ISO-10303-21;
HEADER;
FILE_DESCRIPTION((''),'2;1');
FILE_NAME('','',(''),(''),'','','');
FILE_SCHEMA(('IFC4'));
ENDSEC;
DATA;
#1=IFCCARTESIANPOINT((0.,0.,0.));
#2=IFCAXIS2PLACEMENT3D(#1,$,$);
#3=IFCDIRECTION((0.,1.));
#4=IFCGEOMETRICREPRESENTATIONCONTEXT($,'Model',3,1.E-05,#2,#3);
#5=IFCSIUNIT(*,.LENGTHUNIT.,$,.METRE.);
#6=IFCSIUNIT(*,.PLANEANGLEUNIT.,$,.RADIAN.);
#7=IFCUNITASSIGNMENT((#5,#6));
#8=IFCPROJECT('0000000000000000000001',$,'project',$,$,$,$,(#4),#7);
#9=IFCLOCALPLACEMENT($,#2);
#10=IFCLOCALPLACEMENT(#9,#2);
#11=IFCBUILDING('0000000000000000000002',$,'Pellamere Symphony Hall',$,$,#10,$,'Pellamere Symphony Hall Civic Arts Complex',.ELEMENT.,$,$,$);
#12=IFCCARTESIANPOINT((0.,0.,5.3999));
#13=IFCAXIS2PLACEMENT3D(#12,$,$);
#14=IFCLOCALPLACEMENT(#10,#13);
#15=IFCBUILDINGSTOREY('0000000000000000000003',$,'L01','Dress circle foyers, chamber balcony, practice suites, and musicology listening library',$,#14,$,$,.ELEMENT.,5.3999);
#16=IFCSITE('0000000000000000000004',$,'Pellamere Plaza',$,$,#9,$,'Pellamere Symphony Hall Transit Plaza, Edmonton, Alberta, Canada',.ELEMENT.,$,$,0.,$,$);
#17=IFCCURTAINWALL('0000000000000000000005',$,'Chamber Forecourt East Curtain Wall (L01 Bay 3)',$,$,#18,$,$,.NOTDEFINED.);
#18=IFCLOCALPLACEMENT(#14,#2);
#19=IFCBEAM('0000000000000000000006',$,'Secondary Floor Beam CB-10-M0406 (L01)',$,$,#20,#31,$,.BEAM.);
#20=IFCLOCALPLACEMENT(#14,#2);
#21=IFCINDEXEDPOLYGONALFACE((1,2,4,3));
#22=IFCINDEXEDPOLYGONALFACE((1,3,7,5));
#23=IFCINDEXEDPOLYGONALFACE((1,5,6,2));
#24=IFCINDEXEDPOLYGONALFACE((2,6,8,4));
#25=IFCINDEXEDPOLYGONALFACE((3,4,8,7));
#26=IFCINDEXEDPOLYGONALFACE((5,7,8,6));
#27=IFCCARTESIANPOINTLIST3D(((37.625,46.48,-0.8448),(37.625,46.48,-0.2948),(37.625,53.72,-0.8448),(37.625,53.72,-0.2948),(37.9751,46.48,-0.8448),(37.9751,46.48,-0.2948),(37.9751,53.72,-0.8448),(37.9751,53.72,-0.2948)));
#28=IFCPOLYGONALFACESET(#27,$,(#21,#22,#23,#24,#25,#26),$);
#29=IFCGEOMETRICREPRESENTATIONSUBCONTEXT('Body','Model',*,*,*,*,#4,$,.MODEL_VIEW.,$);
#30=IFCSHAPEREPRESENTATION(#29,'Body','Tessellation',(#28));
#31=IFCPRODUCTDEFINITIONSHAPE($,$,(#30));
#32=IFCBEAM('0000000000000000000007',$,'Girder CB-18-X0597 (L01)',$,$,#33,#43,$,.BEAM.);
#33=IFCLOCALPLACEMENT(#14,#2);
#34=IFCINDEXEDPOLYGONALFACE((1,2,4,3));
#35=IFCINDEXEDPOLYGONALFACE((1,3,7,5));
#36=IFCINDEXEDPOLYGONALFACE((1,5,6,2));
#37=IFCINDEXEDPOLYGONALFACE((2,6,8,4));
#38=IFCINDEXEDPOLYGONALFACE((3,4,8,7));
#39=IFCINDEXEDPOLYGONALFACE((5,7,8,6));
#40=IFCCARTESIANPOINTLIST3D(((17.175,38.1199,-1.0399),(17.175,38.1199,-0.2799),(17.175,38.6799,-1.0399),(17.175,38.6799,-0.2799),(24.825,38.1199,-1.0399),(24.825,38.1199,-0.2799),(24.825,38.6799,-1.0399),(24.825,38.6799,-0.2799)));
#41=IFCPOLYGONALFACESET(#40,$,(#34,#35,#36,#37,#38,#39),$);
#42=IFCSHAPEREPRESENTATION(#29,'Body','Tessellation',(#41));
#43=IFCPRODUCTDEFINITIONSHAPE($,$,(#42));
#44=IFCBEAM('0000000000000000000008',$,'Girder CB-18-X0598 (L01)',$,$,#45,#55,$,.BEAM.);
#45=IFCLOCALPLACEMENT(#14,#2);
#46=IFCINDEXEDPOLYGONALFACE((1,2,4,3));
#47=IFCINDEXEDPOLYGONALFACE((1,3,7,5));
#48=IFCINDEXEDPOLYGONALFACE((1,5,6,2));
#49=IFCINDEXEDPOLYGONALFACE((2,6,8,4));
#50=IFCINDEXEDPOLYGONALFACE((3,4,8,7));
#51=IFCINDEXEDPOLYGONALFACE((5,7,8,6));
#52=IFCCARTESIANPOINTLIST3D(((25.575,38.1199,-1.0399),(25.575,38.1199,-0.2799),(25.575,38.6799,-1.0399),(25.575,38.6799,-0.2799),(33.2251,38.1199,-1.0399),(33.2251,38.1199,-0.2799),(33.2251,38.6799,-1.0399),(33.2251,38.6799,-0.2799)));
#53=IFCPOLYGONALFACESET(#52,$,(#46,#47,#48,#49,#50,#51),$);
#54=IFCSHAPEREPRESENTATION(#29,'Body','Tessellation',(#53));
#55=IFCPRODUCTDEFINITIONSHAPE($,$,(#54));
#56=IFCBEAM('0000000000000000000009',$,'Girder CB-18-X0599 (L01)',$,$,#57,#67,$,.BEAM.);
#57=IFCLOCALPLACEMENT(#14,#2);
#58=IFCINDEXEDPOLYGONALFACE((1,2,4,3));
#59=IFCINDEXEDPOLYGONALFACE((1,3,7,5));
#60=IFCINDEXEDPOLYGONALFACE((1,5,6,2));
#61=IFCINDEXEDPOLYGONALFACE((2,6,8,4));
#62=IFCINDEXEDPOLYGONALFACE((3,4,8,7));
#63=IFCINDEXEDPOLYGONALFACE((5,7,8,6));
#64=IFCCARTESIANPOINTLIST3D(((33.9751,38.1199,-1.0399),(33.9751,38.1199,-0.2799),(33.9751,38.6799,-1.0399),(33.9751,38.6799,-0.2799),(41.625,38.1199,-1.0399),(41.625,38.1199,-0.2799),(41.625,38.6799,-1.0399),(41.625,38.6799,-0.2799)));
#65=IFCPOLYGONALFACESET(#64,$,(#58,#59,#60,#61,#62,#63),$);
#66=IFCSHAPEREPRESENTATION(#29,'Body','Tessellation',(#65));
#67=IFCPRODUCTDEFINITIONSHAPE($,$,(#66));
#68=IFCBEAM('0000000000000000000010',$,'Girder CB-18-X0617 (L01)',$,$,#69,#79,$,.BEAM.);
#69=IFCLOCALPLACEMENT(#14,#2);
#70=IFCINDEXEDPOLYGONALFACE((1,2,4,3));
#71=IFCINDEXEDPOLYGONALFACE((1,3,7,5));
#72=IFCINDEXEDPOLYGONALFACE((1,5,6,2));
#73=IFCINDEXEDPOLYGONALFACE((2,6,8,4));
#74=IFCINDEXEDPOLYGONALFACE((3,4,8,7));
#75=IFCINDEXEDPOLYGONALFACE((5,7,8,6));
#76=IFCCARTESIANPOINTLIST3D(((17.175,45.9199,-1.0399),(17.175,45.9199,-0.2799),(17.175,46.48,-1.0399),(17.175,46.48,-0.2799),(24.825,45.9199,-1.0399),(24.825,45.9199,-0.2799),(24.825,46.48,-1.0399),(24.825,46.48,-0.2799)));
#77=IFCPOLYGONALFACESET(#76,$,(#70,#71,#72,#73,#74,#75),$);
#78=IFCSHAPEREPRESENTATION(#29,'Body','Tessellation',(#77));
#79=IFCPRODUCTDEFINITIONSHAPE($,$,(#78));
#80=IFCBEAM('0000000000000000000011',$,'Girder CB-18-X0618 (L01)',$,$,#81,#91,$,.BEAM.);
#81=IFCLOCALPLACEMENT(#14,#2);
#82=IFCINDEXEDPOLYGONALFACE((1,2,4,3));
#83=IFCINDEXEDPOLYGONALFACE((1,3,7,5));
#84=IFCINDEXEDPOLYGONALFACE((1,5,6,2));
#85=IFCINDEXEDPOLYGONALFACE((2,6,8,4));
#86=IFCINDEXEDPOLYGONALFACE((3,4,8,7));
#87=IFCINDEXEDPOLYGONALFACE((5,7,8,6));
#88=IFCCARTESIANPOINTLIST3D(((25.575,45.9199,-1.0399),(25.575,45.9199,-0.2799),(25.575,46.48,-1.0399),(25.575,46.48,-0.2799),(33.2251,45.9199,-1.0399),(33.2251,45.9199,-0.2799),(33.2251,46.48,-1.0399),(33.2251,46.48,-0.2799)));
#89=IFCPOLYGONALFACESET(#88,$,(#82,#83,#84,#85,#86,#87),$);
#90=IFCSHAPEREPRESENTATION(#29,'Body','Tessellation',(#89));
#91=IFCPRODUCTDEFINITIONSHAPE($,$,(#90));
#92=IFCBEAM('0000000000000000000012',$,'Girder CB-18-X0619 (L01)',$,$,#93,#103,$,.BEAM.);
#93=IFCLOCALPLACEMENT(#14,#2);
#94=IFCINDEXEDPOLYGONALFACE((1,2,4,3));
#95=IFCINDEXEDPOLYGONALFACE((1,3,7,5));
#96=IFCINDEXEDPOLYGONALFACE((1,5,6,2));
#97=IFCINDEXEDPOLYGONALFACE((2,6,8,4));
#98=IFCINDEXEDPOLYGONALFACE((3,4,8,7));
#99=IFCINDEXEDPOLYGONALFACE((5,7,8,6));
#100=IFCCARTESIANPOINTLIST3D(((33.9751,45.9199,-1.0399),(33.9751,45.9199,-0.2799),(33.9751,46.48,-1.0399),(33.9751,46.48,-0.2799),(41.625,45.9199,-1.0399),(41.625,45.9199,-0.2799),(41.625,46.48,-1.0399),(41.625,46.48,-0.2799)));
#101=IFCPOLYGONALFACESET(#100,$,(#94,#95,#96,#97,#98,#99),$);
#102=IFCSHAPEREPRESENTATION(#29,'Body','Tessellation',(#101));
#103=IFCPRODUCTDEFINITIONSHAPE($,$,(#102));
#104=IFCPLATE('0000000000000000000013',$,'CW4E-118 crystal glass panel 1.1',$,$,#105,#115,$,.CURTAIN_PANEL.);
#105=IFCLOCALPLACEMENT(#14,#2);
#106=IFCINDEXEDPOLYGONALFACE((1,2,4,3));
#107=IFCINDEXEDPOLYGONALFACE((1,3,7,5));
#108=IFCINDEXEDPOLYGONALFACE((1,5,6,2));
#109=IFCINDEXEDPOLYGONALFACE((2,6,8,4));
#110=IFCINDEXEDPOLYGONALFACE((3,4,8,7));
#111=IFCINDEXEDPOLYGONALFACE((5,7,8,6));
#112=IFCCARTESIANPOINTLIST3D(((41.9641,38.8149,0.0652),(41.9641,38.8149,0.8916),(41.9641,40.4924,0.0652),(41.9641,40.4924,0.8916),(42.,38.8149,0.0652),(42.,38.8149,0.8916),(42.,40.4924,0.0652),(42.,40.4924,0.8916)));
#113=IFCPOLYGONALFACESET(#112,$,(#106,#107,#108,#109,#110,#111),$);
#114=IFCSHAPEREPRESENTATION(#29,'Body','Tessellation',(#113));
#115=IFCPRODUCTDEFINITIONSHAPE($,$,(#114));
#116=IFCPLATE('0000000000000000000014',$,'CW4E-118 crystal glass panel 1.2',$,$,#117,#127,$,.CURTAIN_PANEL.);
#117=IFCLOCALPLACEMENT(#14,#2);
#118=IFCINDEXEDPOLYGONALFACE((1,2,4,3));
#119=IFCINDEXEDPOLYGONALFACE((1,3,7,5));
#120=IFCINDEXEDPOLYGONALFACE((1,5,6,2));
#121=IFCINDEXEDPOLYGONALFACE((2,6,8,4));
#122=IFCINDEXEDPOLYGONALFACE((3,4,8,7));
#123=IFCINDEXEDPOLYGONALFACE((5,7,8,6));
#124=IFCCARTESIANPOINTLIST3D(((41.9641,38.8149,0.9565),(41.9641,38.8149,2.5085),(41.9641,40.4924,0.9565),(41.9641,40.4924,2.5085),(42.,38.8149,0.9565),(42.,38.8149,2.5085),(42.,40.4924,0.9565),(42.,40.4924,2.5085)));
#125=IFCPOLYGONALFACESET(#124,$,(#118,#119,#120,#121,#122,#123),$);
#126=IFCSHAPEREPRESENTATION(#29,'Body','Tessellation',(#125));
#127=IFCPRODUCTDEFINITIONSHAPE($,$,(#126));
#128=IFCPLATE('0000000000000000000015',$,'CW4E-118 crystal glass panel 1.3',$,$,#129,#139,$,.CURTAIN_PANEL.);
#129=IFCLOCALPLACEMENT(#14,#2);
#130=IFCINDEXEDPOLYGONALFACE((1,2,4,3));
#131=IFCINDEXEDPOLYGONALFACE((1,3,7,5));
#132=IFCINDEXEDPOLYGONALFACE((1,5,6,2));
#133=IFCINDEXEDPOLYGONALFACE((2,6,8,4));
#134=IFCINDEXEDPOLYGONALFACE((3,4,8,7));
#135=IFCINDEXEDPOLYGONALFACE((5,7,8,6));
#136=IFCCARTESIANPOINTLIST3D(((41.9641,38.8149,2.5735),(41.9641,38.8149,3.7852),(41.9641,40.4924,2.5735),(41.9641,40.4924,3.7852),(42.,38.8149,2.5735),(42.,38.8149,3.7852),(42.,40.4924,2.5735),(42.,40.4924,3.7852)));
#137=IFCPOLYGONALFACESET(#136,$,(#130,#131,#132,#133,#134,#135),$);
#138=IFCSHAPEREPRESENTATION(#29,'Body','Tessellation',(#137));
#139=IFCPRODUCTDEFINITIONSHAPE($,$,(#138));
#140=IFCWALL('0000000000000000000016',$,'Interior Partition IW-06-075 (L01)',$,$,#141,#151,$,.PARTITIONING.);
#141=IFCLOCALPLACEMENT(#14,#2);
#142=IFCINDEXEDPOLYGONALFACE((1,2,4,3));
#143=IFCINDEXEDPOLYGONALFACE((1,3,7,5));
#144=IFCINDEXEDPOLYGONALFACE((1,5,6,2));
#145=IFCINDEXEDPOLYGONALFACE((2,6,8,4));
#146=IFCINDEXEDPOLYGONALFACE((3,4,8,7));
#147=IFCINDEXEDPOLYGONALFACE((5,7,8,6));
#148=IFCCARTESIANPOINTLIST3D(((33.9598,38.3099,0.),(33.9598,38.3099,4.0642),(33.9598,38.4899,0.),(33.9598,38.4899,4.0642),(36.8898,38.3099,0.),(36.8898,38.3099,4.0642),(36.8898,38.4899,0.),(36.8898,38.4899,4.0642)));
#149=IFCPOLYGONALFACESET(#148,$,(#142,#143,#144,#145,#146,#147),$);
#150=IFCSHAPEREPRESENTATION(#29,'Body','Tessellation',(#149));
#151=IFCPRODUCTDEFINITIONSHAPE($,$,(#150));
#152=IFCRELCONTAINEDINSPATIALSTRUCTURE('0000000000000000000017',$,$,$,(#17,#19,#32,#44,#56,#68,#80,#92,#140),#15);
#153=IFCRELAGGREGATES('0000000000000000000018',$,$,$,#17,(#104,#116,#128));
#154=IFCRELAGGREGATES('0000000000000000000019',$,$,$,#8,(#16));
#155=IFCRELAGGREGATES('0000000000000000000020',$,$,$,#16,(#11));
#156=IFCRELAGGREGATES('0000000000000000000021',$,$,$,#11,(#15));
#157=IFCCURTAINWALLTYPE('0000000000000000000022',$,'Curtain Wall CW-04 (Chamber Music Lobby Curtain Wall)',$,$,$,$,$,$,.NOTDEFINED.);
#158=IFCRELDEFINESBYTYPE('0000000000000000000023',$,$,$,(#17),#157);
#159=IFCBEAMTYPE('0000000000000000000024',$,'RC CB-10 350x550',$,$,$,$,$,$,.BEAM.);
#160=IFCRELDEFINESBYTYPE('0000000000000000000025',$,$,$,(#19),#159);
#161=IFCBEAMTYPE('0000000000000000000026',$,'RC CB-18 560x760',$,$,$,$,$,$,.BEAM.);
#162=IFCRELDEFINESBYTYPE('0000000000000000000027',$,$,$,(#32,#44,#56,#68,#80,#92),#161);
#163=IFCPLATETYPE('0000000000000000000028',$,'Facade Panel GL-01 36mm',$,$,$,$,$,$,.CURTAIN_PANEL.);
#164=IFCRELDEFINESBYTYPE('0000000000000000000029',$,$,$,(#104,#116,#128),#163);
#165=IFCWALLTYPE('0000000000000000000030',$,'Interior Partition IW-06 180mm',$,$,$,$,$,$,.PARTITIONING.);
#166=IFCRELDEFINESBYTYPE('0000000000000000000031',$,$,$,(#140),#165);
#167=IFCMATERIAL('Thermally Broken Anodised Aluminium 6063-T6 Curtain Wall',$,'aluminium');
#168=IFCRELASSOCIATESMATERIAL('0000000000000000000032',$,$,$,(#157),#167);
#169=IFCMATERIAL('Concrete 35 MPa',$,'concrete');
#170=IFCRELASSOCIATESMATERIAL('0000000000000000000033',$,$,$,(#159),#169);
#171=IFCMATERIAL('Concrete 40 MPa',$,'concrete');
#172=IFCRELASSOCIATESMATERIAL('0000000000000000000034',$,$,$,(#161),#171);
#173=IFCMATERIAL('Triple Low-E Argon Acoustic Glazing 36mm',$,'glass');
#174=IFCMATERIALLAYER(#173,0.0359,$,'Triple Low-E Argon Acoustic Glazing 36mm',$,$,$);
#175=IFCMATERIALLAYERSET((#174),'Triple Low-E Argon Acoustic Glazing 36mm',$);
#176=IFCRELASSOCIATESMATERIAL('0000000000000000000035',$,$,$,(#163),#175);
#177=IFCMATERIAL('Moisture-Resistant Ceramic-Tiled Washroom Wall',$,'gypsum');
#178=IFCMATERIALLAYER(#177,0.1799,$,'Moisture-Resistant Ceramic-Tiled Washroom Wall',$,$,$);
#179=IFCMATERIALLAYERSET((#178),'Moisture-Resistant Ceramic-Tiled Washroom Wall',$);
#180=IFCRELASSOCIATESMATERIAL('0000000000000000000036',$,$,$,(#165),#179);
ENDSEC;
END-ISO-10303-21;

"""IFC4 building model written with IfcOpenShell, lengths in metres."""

from ifc_helpers import new_model, si_unit, direction, frame, frame_2d, origin, origin_2d, place, context, subcontext, project, spatial, polyline, rectangle, outline, extrude, material, layer, layer_set, material_profile, profile_set, type_object, element, aggregate, save


model = new_model("IFC4")

# Units and contexts
model_context = context("Model", 3, precision=1e-05, world=origin(), true_north=direction((0.0, 1.0)))
body_context = subcontext(model_context, "Body", "Model", "MODEL_VIEW")
ifc_project = project(units=[si_unit("LENGTHUNIT", "METRE"), si_unit("PLANEANGLEUNIT", "RADIAN")], contexts=[model_context])

# Site, building, storey
site_placement = place(None, origin())
site = spatial("IfcSite", under=ifc_project, at=site_placement, Name="Pellamere Plaza", LongName="Pellamere Symphony Hall Transit Plaza, Edmonton, Alberta, Canada", CompositionType="ELEMENT", RefElevation=0.0)
building_placement = place(site_placement, origin())
building = spatial("IfcBuilding", under=site, at=building_placement, Name="Pellamere Symphony Hall", LongName="Pellamere Symphony Hall Civic Arts Complex", CompositionType="ELEMENT")
storey_placement = place(building_placement, frame((0.0, 0.0, 5.3999)))
storey = spatial("IfcBuildingStorey", under=building, at=storey_placement, Name="L01", Description="Dress circle foyers, chamber balcony, practice suites, and musicology listening library", CompositionType="ELEMENT", Elevation=5.3999)

# Shared definitions
ifc_material_1 = material(Name="Concrete 40 MPa", Category="concrete")

# Curtain wall
ifc_material_2 = material(Name="Thermally Broken Anodised Aluminium 6063-T6 Curtain Wall", Category="aluminium")
curtain_wall_type = type_object("IfcCurtainWallType", Name="Curtain Wall CW-04 (Chamber Music Lobby Curtain Wall)", PredefinedType="NOTDEFINED", material=ifc_material_2)
curtain_wall_1_placement = place(storey_placement, origin())
curtain_wall_1 = element("IfcCurtainWall", 1, at=curtain_wall_1_placement, inside=storey, type_object=curtain_wall_type, Name="Chamber Forecourt East Curtain Wall (L01 Bay 3)", PredefinedType="NOTDEFINED")

# Beams
ifc_material_3 = material(Name="Concrete 35 MPa", Category="concrete")
ifc_material_profile_1 = material_profile(ifc_material_3, rectangle(XDim=0.3501, YDim=0.55, at=origin_2d()), Name="RC 350x550")
ifc_profile_set_1 = profile_set([ifc_material_profile_1], Name="Concrete 35 MPa")
beam_type_1 = type_object("IfcBeamType", Name="RC CB-10 350x550", PredefinedType="BEAM", material=ifc_profile_set_1)
for number, where, z_axis, x_axis, name in (
    (2, (37.8, 46.48, -0.5698), (0.0, 1.0, 0.0), (-1.0, 0.0, 0.0), "Secondary Floor Beam CB-10-M0406 (L01)"),
):
    element("IfcBeam", number, at=place(storey_placement, frame(where, z_axis=z_axis, x_axis=x_axis)), inside=storey, type_object=beam_type_1, Name=name, PredefinedType="BEAM", context=body_context, shape_type="SweptSolid", body=[
        extrude(rectangle(XDim=0.3501, YDim=0.55, at=origin_2d()), origin(), (0.0, 0.0, 1.0), 7.24),
    ])
ifc_material_profile_2 = material_profile(ifc_material_1, rectangle(XDim=0.5601, YDim=0.76, at=origin_2d()), Name="RC 560x760")
ifc_profile_set_2 = profile_set([ifc_material_profile_2], Name="Concrete 40 MPa")
beam_type_2 = type_object("IfcBeamType", Name="RC CB-18 560x760", PredefinedType="BEAM", material=ifc_profile_set_2)
beam_1_placement = place(storey_placement, frame((17.175, 38.3999, -0.6599), z_axis=(1.0, 0.0, 0.0), x_axis=(0.0, 1.0, 0.0)))
element("IfcBeam", 3, at=beam_1_placement, inside=storey, type_object=beam_type_2, Name="Girder CB-18-X0597 (L01)", PredefinedType="BEAM", context=body_context, shape_type="SweptSolid", body=[
    extrude(rectangle(XDim=0.5601, YDim=0.76, at=origin_2d()), origin(), (0.0, 0.0, 1.0), 7.6499),
])
beam_2_placement = place(storey_placement, frame((25.575, 38.3999, -0.6599), z_axis=(1.0, 0.0, 0.0), x_axis=(0.0, 1.0, 0.0)))
element("IfcBeam", 4, at=beam_2_placement, inside=storey, type_object=beam_type_2, Name="Girder CB-18-X0598 (L01)", PredefinedType="BEAM", context=body_context, shape_type="SweptSolid", body=[
    extrude(rectangle(XDim=0.5601, YDim=0.76, at=origin_2d()), origin(), (0.0, 0.0, 1.0), 7.6501),
])
for number, where, z_axis, x_axis, name in (
    (5, (33.9751, 38.3999, -0.6599), (1.0, 0.0, 0.0), (0.0, 1.0, 0.0), "Girder CB-18-X0599 (L01)"),
    (6, (17.175, 46.2, -0.6599), (1.0, 0.0, 0.0), (0.0, 1.0, 0.0), "Girder CB-18-X0617 (L01)"),
):
    element("IfcBeam", number, at=place(storey_placement, frame(where, z_axis=z_axis, x_axis=x_axis)), inside=storey, type_object=beam_type_2, Name=name, PredefinedType="BEAM", context=body_context, shape_type="SweptSolid", body=[
        extrude(rectangle(XDim=0.5601, YDim=0.76, at=origin_2d()), origin(), (0.0, 0.0, 1.0), 7.6499),
    ])
beam_3_placement = place(storey_placement, frame((25.575, 46.2, -0.6599), z_axis=(1.0, 0.0, 0.0), x_axis=(0.0, 1.0, 0.0)))
element("IfcBeam", 7, at=beam_3_placement, inside=storey, type_object=beam_type_2, Name="Girder CB-18-X0618 (L01)", PredefinedType="BEAM", context=body_context, shape_type="SweptSolid", body=[
    extrude(rectangle(XDim=0.5601, YDim=0.76, at=origin_2d()), origin(), (0.0, 0.0, 1.0), 7.6501),
])
beam_4_placement = place(storey_placement, frame((33.9751, 46.2, -0.6599), z_axis=(1.0, 0.0, 0.0), x_axis=(0.0, 1.0, 0.0)))
element("IfcBeam", 8, at=beam_4_placement, inside=storey, type_object=beam_type_2, Name="Girder CB-18-X0619 (L01)", PredefinedType="BEAM", context=body_context, shape_type="SweptSolid", body=[
    extrude(rectangle(XDim=0.5601, YDim=0.76, at=origin_2d()), origin(), (0.0, 0.0, 1.0), 7.6499),
])

# Plates
ifc_material_4 = material(Name="Triple Low-E Argon Acoustic Glazing 36mm", Category="glass")
ifc_layer_1 = layer(ifc_material_4, 0.0359, Name="Triple Low-E Argon Acoustic Glazing 36mm")
ifc_layer_set_1 = layer_set([ifc_layer_1], Name="Triple Low-E Argon Acoustic Glazing 36mm")
plate_type = type_object("IfcPlateType", Name="Facade Panel GL-01 36mm", PredefinedType="CURTAIN_PANEL", material=ifc_layer_set_1)
plate_1_placement = place(storey_placement, frame((42.0, 38.8149, 0.0652), z_axis=(1.0, 0.0, 0.0), x_axis=(0.0, 1.0, 0.0)))
plate_1 = element("IfcPlate", 9, at=plate_1_placement, type_object=plate_type, Name="CW4E-118 crystal glass panel 1.1", PredefinedType="CURTAIN_PANEL", context=body_context, shape_type="SweptSolid", body=[
    extrude(outline(polyline([(0.0, 0.0), (1.6775, 0.0), (1.6775, 0.8264), (0.0, 0.8264), (0.0, 0.0)])), origin(), (0.0, 0.0, -1.0), 0.0359),
])
plate_2_placement = place(storey_placement, frame((42.0, 38.8149, 0.9565), z_axis=(1.0, 0.0, 0.0), x_axis=(0.0, 1.0, 0.0)))
plate_2 = element("IfcPlate", 10, at=plate_2_placement, type_object=plate_type, Name="CW4E-118 crystal glass panel 1.2", PredefinedType="CURTAIN_PANEL", context=body_context, shape_type="SweptSolid", body=[
    extrude(outline(polyline([(0.0, 0.0), (1.6775, 0.0), (1.6775, 1.552), (0.0, 1.552), (0.0, 0.0)])), origin(), (0.0, 0.0, -1.0), 0.0359),
])
plate_3_placement = place(storey_placement, frame((42.0, 38.8149, 2.5735), z_axis=(1.0, 0.0, 0.0), x_axis=(0.0, 1.0, 0.0)))
plate_3 = element("IfcPlate", 11, at=plate_3_placement, type_object=plate_type, Name="CW4E-118 crystal glass panel 1.3", PredefinedType="CURTAIN_PANEL", context=body_context, shape_type="SweptSolid", body=[
    extrude(outline(polyline([(0.0, 0.0), (1.6775, 0.0), (1.6775, 1.2117), (0.0, 1.2117), (0.0, 0.0)])), origin(), (0.0, 0.0, -1.0), 0.0359),
])
aggregate(curtain_wall_1, [plate_1, plate_2, plate_3])

# Wall
ifc_material_5 = material(Name="Moisture-Resistant Ceramic-Tiled Washroom Wall", Category="gypsum")
ifc_layer_2 = layer(ifc_material_5, 0.1799, Name="Moisture-Resistant Ceramic-Tiled Washroom Wall")
ifc_layer_set_2 = layer_set([ifc_layer_2], Name="Moisture-Resistant Ceramic-Tiled Washroom Wall")
wall_type = type_object("IfcWallType", Name="Interior Partition IW-06 180mm", PredefinedType="PARTITIONING", material=ifc_layer_set_2)
wall_placement = place(storey_placement, frame((33.96, 38.3999, 0.0), z_axis=(0.0, 0.0, 1.0), x_axis=(1.0, 0.0, 0.0)))
element("IfcWall", 12, at=wall_placement, inside=storey, type_object=wall_type, Name="Interior Partition IW-06-075 (L01)", PredefinedType="PARTITIONING", context=body_context, shape_type="SweptSolid", body=[
    extrude(rectangle(XDim=2.9299, YDim=0.1799, at=frame_2d((1.4648, 0.0))), origin(), (0.0, 0.0, 1.0), 4.0642),
])

save(model, "model.ifc")
